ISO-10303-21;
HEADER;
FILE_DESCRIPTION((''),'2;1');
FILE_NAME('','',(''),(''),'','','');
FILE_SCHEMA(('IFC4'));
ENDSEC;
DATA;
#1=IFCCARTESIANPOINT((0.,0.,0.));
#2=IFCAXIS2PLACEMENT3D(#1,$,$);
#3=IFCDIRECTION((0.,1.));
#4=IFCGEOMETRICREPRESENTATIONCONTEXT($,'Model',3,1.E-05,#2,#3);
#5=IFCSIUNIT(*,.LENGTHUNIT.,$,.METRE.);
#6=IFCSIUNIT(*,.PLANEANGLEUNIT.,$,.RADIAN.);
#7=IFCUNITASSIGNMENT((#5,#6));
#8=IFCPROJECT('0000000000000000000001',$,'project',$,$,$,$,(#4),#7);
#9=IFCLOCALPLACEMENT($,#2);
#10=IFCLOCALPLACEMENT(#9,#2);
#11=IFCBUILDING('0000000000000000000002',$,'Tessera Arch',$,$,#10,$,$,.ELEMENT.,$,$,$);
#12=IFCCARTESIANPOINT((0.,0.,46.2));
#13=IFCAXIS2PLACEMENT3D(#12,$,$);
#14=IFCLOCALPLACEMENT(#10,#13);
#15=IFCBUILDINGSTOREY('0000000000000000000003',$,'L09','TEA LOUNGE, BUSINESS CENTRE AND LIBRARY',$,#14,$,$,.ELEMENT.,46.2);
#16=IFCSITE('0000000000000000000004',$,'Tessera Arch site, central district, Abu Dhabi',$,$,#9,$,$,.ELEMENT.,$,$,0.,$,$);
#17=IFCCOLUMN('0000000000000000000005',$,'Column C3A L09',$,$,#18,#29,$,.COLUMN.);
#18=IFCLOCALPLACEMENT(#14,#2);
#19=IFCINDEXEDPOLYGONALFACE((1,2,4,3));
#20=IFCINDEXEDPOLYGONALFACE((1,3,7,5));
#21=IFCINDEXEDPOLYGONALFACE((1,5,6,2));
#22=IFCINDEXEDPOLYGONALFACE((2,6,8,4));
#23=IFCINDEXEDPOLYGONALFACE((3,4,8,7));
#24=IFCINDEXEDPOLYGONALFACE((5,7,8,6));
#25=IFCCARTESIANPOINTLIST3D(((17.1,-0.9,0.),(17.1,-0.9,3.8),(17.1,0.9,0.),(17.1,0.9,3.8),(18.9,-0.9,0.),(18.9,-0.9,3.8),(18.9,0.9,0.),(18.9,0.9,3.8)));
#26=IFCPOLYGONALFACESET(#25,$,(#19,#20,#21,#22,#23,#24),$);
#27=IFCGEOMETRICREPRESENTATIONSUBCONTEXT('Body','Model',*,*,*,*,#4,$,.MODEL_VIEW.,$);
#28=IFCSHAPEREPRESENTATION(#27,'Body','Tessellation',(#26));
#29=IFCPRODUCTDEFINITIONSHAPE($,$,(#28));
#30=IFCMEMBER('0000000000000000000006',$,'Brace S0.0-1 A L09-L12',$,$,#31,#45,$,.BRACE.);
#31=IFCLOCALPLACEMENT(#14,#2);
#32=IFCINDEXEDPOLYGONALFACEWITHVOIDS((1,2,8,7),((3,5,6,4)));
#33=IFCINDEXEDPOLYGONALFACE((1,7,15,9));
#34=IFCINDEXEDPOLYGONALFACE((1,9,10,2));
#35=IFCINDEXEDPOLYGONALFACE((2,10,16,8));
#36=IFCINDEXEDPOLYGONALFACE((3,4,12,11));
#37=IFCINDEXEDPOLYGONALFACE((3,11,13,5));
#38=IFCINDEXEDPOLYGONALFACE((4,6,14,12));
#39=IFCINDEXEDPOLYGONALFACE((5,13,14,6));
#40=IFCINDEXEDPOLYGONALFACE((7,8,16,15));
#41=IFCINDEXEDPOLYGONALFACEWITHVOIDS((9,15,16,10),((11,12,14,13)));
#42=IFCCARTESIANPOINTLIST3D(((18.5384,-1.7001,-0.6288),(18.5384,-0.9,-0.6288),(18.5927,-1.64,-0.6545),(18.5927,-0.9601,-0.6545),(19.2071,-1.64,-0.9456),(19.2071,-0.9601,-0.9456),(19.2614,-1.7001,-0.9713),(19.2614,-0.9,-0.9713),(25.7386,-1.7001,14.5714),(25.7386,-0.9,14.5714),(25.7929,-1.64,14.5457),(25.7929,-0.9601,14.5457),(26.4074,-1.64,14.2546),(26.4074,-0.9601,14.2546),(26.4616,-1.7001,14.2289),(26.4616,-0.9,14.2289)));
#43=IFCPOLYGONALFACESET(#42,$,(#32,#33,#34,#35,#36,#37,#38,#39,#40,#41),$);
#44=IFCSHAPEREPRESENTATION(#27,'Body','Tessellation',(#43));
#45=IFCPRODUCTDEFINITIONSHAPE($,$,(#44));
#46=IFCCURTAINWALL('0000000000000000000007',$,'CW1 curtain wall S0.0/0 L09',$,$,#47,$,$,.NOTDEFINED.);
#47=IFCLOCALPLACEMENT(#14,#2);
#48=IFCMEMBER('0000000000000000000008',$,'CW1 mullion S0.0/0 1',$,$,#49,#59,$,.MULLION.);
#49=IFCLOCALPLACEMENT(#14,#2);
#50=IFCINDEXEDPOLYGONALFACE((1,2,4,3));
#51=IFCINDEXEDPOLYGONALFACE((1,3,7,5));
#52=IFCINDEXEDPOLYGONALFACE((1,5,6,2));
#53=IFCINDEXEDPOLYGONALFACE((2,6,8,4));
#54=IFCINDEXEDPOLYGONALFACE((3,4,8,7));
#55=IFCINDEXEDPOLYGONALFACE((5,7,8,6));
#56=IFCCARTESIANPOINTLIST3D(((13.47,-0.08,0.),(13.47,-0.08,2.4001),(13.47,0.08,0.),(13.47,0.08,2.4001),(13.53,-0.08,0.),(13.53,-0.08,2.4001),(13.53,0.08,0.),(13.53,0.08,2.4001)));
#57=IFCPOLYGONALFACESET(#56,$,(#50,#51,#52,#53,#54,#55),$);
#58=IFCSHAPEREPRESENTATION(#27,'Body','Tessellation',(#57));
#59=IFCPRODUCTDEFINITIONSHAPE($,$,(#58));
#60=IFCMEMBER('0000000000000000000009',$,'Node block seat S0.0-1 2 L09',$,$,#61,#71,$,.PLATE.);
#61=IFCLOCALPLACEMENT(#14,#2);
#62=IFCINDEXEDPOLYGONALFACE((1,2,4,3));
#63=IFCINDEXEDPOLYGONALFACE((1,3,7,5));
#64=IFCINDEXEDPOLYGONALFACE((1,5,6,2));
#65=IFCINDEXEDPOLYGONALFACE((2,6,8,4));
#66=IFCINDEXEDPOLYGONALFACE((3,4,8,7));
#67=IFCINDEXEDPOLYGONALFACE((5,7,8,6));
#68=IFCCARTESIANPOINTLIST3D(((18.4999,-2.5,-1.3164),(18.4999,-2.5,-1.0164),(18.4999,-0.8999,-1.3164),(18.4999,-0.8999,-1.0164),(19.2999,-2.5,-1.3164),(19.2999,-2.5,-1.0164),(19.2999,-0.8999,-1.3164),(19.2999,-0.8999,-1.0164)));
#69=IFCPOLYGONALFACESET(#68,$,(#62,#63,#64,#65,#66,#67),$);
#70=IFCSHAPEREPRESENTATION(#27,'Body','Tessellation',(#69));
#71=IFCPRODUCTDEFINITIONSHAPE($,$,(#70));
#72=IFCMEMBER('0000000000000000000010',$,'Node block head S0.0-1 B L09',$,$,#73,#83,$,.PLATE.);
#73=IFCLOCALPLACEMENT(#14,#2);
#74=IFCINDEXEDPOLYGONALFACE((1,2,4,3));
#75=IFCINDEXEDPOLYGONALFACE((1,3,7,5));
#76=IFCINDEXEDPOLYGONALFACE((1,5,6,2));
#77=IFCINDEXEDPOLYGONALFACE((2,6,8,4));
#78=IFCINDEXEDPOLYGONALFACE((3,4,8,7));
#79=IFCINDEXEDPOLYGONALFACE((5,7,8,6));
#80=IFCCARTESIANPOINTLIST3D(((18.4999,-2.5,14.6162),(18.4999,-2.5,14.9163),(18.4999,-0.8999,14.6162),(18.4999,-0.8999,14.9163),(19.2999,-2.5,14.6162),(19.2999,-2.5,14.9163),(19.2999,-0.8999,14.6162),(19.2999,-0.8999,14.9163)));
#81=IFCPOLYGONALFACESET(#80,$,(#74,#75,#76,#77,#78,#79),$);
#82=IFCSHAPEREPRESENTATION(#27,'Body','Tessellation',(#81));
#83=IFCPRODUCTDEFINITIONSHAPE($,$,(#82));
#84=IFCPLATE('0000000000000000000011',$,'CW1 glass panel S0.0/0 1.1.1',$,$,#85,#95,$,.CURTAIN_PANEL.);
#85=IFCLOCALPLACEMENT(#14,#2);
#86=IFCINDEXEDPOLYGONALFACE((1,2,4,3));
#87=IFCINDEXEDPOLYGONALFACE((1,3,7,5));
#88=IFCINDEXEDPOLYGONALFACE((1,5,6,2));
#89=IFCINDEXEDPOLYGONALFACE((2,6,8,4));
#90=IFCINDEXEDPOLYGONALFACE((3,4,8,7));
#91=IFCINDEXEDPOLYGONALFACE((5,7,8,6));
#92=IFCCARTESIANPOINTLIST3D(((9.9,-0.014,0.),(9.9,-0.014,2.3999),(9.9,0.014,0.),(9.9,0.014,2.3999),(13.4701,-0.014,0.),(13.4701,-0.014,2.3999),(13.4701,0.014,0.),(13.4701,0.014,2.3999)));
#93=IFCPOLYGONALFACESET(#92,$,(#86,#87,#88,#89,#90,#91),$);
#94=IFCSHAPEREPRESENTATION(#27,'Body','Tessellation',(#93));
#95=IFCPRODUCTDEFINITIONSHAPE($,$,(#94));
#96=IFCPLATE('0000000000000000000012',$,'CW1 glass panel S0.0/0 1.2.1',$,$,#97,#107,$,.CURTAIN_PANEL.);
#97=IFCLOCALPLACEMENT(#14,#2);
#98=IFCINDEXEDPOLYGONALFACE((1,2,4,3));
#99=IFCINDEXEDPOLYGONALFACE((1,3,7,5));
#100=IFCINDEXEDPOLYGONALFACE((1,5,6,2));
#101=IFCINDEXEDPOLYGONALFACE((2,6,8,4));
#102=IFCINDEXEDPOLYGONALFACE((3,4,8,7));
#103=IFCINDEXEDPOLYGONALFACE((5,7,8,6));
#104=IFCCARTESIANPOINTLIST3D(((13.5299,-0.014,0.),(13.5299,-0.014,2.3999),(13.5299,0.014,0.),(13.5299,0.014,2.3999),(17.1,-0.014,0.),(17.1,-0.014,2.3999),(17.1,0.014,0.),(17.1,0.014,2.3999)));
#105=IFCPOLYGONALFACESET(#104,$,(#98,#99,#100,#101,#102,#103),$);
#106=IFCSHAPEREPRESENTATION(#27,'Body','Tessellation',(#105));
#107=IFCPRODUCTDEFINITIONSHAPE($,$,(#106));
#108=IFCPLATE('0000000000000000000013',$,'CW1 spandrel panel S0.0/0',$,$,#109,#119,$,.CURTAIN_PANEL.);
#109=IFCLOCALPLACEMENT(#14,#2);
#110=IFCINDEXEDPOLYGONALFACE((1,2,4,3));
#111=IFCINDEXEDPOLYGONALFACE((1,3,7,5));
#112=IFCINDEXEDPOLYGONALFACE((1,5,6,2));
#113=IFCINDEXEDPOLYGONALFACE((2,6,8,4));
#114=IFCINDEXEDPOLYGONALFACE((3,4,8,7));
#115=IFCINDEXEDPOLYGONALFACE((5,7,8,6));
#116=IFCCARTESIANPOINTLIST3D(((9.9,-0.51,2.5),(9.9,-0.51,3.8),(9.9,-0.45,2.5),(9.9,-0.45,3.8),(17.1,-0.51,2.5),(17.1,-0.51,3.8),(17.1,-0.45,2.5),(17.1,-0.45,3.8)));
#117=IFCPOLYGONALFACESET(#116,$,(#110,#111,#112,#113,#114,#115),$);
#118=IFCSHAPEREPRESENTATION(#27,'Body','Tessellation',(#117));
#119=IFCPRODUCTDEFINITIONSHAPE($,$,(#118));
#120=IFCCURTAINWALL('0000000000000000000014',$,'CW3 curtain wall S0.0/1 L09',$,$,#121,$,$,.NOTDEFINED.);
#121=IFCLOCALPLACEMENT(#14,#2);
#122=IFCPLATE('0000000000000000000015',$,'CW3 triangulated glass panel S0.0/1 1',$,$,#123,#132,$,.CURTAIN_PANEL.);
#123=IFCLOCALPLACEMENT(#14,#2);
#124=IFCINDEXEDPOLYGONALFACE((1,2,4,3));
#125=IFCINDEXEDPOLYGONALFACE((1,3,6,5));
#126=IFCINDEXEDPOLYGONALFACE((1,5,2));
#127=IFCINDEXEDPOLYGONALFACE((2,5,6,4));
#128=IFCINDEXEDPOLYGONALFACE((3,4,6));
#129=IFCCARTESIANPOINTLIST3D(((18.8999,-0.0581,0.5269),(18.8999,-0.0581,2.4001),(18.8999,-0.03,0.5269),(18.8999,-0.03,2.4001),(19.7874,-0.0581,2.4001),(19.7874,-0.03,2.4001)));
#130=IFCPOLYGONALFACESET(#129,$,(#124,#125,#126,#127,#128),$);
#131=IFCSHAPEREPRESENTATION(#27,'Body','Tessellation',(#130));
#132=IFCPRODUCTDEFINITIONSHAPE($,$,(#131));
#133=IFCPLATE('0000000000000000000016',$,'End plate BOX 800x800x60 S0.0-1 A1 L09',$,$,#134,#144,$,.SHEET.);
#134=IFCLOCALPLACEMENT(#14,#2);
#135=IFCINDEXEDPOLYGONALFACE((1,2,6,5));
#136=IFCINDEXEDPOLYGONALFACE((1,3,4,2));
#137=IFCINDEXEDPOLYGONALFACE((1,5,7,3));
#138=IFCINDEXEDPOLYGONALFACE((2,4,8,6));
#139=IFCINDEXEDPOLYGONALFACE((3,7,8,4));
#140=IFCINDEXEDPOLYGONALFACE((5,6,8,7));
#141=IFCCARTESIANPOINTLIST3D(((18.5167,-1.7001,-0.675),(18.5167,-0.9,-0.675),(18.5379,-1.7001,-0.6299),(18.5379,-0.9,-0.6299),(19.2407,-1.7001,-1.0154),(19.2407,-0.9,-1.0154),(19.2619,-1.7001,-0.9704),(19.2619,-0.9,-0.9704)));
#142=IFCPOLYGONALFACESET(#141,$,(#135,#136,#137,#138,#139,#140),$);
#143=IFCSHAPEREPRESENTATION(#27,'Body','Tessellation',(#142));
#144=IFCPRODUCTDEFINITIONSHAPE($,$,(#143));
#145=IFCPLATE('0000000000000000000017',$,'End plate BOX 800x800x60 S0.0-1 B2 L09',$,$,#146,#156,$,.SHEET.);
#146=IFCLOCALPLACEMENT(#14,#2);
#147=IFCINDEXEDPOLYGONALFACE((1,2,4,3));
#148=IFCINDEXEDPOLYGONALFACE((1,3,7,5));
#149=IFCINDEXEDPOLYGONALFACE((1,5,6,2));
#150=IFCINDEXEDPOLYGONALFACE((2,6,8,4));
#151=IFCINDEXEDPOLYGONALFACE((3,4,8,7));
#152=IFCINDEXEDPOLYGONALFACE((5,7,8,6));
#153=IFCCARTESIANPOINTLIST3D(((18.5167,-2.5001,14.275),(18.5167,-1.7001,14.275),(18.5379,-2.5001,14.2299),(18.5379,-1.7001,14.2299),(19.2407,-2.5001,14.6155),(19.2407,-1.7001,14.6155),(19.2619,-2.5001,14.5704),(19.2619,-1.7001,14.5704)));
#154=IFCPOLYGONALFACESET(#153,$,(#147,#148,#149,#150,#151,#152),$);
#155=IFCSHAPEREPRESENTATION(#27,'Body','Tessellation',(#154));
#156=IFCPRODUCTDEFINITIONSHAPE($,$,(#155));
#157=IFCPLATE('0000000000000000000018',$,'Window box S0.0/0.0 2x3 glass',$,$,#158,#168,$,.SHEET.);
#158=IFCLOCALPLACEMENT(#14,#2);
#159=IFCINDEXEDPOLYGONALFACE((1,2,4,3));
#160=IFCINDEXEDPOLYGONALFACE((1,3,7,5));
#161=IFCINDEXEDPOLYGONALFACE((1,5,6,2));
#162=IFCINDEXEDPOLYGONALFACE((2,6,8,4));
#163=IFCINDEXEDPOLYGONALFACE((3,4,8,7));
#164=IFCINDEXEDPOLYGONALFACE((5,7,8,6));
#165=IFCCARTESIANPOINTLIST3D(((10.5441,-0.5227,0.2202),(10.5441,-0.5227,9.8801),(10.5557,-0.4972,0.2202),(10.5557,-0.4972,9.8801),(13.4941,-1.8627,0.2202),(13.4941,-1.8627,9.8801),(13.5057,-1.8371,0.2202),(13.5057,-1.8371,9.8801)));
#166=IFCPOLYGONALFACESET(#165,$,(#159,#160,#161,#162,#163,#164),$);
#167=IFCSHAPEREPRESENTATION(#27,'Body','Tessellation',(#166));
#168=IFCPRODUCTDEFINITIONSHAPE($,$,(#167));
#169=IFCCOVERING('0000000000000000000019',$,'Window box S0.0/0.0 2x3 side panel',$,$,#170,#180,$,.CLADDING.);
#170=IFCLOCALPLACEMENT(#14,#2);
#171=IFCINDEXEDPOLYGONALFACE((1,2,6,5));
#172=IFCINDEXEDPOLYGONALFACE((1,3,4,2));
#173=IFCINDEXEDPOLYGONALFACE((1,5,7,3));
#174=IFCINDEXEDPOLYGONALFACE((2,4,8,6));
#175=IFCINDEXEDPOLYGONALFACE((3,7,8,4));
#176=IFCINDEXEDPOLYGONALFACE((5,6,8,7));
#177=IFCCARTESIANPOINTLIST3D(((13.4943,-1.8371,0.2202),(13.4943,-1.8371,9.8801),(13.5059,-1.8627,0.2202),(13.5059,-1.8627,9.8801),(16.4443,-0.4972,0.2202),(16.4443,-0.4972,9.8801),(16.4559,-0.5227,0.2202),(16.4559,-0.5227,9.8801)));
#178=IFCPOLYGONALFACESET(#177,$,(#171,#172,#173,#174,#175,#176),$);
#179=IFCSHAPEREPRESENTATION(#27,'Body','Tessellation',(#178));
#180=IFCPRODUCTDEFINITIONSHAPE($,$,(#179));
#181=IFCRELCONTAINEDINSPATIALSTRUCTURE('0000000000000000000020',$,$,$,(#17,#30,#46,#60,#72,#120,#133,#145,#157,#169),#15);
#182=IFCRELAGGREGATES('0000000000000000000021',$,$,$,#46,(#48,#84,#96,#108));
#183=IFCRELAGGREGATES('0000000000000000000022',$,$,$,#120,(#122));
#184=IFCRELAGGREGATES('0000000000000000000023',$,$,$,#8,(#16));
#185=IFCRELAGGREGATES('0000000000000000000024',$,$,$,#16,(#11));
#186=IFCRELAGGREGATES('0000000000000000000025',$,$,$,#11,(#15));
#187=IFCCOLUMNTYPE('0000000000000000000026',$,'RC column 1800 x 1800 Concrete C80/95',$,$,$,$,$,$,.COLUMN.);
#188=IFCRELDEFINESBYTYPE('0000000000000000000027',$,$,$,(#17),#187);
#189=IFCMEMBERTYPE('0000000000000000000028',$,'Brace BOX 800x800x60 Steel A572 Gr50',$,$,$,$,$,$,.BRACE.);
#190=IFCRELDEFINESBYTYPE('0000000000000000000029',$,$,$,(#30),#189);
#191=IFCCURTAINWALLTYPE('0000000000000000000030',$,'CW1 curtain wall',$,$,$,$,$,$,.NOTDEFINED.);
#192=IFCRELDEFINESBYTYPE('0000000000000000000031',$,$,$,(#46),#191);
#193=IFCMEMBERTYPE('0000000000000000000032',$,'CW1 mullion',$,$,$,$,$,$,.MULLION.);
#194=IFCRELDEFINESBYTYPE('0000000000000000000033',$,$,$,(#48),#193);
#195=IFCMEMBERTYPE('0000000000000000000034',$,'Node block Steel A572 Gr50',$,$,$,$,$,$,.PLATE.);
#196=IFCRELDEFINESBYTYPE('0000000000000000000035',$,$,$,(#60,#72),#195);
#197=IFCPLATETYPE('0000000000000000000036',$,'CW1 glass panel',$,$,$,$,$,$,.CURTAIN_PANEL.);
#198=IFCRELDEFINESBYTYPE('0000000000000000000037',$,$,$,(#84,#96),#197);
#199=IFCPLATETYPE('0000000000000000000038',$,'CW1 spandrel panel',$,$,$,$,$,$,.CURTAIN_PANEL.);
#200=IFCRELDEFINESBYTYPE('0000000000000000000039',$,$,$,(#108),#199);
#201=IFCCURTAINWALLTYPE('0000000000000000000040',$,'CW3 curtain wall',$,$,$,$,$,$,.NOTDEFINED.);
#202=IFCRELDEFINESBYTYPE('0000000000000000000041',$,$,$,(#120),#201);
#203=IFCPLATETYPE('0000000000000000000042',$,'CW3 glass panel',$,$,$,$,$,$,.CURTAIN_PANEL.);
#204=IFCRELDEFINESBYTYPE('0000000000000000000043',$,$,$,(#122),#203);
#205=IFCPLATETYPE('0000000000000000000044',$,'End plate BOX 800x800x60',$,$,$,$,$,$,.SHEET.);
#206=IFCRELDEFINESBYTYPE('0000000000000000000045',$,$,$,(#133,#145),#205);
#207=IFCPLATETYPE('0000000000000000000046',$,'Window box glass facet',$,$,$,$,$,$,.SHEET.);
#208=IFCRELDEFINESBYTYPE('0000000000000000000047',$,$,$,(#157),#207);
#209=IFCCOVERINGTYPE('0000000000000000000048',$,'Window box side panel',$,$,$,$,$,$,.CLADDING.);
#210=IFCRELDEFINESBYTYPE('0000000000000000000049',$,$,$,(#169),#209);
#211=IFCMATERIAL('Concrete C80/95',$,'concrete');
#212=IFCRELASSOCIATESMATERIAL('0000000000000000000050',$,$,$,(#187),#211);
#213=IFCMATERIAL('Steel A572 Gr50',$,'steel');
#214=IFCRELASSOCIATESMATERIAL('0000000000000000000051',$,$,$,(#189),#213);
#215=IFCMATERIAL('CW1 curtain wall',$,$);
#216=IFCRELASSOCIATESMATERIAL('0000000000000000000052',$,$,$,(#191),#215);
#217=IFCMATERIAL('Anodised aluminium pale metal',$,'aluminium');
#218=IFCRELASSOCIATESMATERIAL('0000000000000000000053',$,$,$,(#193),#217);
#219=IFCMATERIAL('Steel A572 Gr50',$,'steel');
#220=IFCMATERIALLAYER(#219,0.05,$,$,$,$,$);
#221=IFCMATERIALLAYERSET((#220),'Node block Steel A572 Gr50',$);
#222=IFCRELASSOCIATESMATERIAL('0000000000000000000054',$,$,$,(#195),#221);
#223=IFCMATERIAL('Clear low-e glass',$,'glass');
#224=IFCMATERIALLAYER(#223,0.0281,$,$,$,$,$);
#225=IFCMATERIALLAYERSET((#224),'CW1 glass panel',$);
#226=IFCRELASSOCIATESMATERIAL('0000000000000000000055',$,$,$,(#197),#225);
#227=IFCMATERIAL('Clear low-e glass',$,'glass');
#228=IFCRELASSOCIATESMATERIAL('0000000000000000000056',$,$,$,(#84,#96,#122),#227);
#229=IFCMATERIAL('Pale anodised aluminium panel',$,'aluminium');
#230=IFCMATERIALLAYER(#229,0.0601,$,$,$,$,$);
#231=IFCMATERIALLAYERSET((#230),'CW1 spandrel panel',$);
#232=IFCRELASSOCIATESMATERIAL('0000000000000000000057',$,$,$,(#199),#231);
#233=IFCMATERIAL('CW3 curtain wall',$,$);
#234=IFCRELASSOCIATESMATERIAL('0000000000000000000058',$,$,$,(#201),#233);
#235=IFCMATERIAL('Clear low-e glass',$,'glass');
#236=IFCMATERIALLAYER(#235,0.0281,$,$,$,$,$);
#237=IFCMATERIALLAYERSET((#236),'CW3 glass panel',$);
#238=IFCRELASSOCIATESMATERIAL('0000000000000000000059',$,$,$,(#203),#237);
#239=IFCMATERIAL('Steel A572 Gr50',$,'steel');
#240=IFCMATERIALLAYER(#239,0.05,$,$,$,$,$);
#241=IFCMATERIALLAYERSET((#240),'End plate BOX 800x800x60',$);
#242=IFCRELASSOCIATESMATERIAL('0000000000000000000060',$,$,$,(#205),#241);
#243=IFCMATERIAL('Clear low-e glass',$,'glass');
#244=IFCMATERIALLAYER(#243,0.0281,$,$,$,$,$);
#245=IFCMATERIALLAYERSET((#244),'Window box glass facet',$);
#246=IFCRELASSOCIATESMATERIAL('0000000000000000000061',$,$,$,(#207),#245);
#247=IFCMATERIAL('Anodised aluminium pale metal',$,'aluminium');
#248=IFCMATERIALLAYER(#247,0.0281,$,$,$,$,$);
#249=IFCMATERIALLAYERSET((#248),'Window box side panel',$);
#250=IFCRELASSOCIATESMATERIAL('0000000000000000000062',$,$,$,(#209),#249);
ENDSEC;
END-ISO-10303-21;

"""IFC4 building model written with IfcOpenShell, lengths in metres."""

from ifc_helpers import new_model, si_unit, direction, frame, origin, origin_2d, place, context, subcontext, project, spatial, polyline, rectangle, hollow_rectangle, outline, extrude, material, layer, layer_set, material_profile, profile_set, type_object, element, aggregate, save


model = new_model("IFC4")

# Units and contexts
model_context = context("Model", 3, precision=1e-05, world=origin(), true_north=direction((0.0, 1.0)))
body_context = subcontext(model_context, "Body", "Model", "MODEL_VIEW")
ifc_project = project(units=[si_unit("LENGTHUNIT", "METRE"), si_unit("PLANEANGLEUNIT", "RADIAN")], contexts=[model_context])

# Site, building, storey
site_placement = place(None, origin())
site = spatial("IfcSite", under=ifc_project, at=site_placement, Name="Tessera Arch site, central district, Abu Dhabi", CompositionType="ELEMENT", RefElevation=0.0)
building_placement = place(site_placement, origin())
building = spatial("IfcBuilding", under=site, at=building_placement, Name="Tessera Arch", CompositionType="ELEMENT")
storey_placement = place(building_placement, frame((0.0, 0.0, 46.2)))
storey = spatial("IfcBuildingStorey", under=building, at=storey_placement, Name="L09", Description="TEA LOUNGE, BUSINESS CENTRE AND LIBRARY", CompositionType="ELEMENT", Elevation=46.2)

# Column
ifc_material_1 = material(Name="Concrete C80/95", Category="concrete")
ifc_material_profile_1 = material_profile(ifc_material_1, rectangle(XDim=1.8, YDim=1.8, at=origin_2d()), Name="RC column 1800 x 1800 Concrete C80/95")
ifc_profile_set_1 = profile_set([ifc_material_profile_1], Name="Concrete C80/95")
column_type = type_object("IfcColumnType", Name="RC column 1800 x 1800 Concrete C80/95", PredefinedType="COLUMN", material=ifc_profile_set_1)
column_placement = place(storey_placement, frame((18.0, 0.0, 0.0), z_axis=(0.0, 0.0, 1.0), x_axis=(1.0, 0.0, 0.0)))
element("IfcColumn", 1, at=column_placement, inside=storey, type_object=column_type, Name="Column C3A L09", PredefinedType="COLUMN", context=body_context, shape_type="SweptSolid", body=[
    extrude(rectangle(XDim=1.8, YDim=1.8, at=origin_2d()), origin(), (0.0, 0.0, 1.0), 3.8),
])

# Member
ifc_material_2 = material(Name="Steel A572 Gr50", Category="steel")
ifc_material_profile_2 = material_profile(ifc_material_2, hollow_rectangle(XDim=0.8, YDim=0.8, WallThickness=0.0601, at=origin_2d()), Name="BOX 800x800x60")
ifc_profile_set_2 = profile_set([ifc_material_profile_2], Name="Steel A572 Gr50")
member_type_1 = type_object("IfcMemberType", Name="Brace BOX 800x800x60 Steel A572 Gr50", PredefinedType="BRACE", material=ifc_profile_set_2)
member_1_placement = place(storey_placement, frame((18.8999, -1.3, -0.8), z_axis=(0.428091, 0.0, 0.903735), x_axis=(0.0, 1.0, 0.0)))
element("IfcMember", 2, at=member_1_placement, inside=storey, type_object=member_type_1, Name="Brace S0.0-1 A L09-L12", PredefinedType="BRACE", context=body_context, shape_type="SweptSolid", body=[
    extrude(hollow_rectangle(XDim=0.8, YDim=0.8, WallThickness=0.0601, at=origin_2d()), origin(), (0.0, 0.0, 1.0), 16.8193),
])

# Curtain wall, member
ifc_material_3 = material(Name="CW1 curtain wall")
curtain_wall_type_1 = type_object("IfcCurtainWallType", Name="CW1 curtain wall", PredefinedType="NOTDEFINED", material=ifc_material_3)
curtain_wall_1_placement = place(storey_placement, origin())
curtain_wall_1 = element("IfcCurtainWall", 3, at=curtain_wall_1_placement, inside=storey, type_object=curtain_wall_type_1, Name="CW1 curtain wall S0.0/0 L09", PredefinedType="NOTDEFINED")
ifc_material_4 = material(Name="Anodised aluminium pale metal", Category="aluminium")
ifc_material_profile_3 = material_profile(ifc_material_4, rectangle(XDim=0.1599, YDim=0.0601, at=origin_2d()), Name="AL 60x160")
ifc_profile_set_3 = profile_set([ifc_material_profile_3], Name="Anodised aluminium pale metal")
member_type_2 = type_object("IfcMemberType", Name="CW1 mullion", PredefinedType="MULLION", material=ifc_profile_set_3)
member_2_placement = place(storey_placement, frame((13.5, 0.0, 0.0), z_axis=(0.0, 0.0, 1.0), x_axis=(0.0, 1.0, 0.0)))
member_2 = element("IfcMember", 4, at=member_2_placement, type_object=member_type_2, Name="CW1 mullion S0.0/0 1", PredefinedType="MULLION", context=body_context, shape_type="SweptSolid", body=[
    extrude(rectangle(XDim=0.1599, YDim=0.0601, at=origin_2d()), origin(), (0.0, 0.0, 1.0), 2.4001),
])

# Members
ifc_material_5 = material(Name="Steel A572 Gr50", Category="steel")
ifc_layer_1 = layer(ifc_material_5, 0.05)
ifc_layer_set_1 = layer_set([ifc_layer_1], Name="Node block Steel A572 Gr50")
member_type_3 = type_object("IfcMemberType", Name="Node block Steel A572 Gr50", PredefinedType="PLATE", material=ifc_layer_set_1)
for number, where, z_axis, x_axis, name in (
    (5, (18.8999, -1.7, -1.3164), (0.0, 0.0, 1.0), (1.0, 0.0, 0.0), "Node block seat S0.0-1 2 L09"),
    (6, (18.8999, -1.7, 14.6162), (0.0, 0.0, 1.0), (1.0, 0.0, 0.0), "Node block head S0.0-1 B L09"),
):
    element("IfcMember", number, at=place(storey_placement, frame(where, z_axis=z_axis, x_axis=x_axis)), inside=storey, type_object=member_type_3, Name=name, PredefinedType="PLATE", context=body_context, shape_type="SweptSolid", body=[
        extrude(rectangle(XDim=0.8, YDim=1.6001, at=origin_2d()), origin(), (0.0, 0.0, 1.0), 0.3),
    ])

# Plates
ifc_material_6 = material(Name="Clear low-e glass", Category="glass")
ifc_material_7 = material(Name="Clear low-e glass", Category="glass")
ifc_layer_2 = layer(ifc_material_7, 0.0281)
ifc_layer_set_2 = layer_set([ifc_layer_2], Name="CW1 glass panel")
plate_type_1 = type_object("IfcPlateType", Name="CW1 glass panel", PredefinedType="CURTAIN_PANEL", material=ifc_layer_set_2)
plate_1_placement = place(storey_placement, frame((11.6851, 0.0, 0.0), z_axis=(0.0, 0.0, 1.0), x_axis=(1.0, 0.0, 0.0)))
plate_1 = element("IfcPlate", 7, at=plate_1_placement, type_object=plate_type_1, material=ifc_material_6, Name="CW1 glass panel S0.0/0 1.1.1", PredefinedType="CURTAIN_PANEL", context=body_context, shape_type="SweptSolid", body=[
    extrude(rectangle(XDim=3.5701, YDim=0.0281, at=origin_2d()), origin(), (0.0, 0.0, 1.0), 2.3999),
])
plate_2_placement = place(storey_placement, frame((15.3149, 0.0, 0.0), z_axis=(0.0, 0.0, 1.0), x_axis=(1.0, 0.0, 0.0)))
plate_2 = element("IfcPlate", 8, at=plate_2_placement, type_object=plate_type_1, material=ifc_material_6, Name="CW1 glass panel S0.0/0 1.2.1", PredefinedType="CURTAIN_PANEL", context=body_context, shape_type="SweptSolid", body=[
    extrude(rectangle(XDim=3.5701, YDim=0.0281, at=origin_2d()), origin(), (0.0, 0.0, 1.0), 2.3999),
])
ifc_material_8 = material(Name="Pale anodised aluminium panel", Category="aluminium")
ifc_layer_3 = layer(ifc_material_8, 0.0601)
ifc_layer_set_3 = layer_set([ifc_layer_3], Name="CW1 spandrel panel")
plate_type_2 = type_object("IfcPlateType", Name="CW1 spandrel panel", PredefinedType="CURTAIN_PANEL", material=ifc_layer_set_3)
plate_3_placement = place(storey_placement, frame((13.5, -0.48, 2.5), z_axis=(0.0, 0.0, 1.0), x_axis=(1.0, 0.0, 0.0)))
plate_3 = element("IfcPlate", 9, at=plate_3_placement, type_object=plate_type_2, Name="CW1 spandrel panel S0.0/0", PredefinedType="CURTAIN_PANEL", context=body_context, shape_type="SweptSolid", body=[
    extrude(rectangle(XDim=7.2, YDim=0.0601, at=origin_2d()), origin(), (0.0, 0.0, 1.0), 1.3),
])
aggregate(curtain_wall_1, [member_2, plate_1, plate_2, plate_3])

# Curtain wall, plate
ifc_material_9 = material(Name="CW3 curtain wall")
curtain_wall_type_2 = type_object("IfcCurtainWallType", Name="CW3 curtain wall", PredefinedType="NOTDEFINED", material=ifc_material_9)
curtain_wall_2_placement = place(storey_placement, origin())
curtain_wall_2 = element("IfcCurtainWall", 10, at=curtain_wall_2_placement, inside=storey, type_object=curtain_wall_type_2, Name="CW3 curtain wall S0.0/1 L09", PredefinedType="NOTDEFINED")
ifc_material_10 = material(Name="Clear low-e glass", Category="glass")
ifc_layer_4 = layer(ifc_material_10, 0.0281)
ifc_layer_set_4 = layer_set([ifc_layer_4], Name="CW3 glass panel")
plate_type_3 = type_object("IfcPlateType", Name="CW3 glass panel", PredefinedType="CURTAIN_PANEL", material=ifc_layer_set_4)
plate_4_placement = place(storey_placement, frame((18.8999, -0.0581, 2.4001), z_axis=(0.0, -1.0, 0.0), x_axis=(0.0, 0.0, -1.0)))
plate_4 = element("IfcPlate", 11, at=plate_4_placement, type_object=plate_type_3, material=ifc_material_6, Name="CW3 triangulated glass panel S0.0/1 1", PredefinedType="CURTAIN_PANEL", context=body_context, shape_type="SweptSolid", body=[
    extrude(outline(polyline([(0.0, 0.0), (1.8733, 0.0), (0.0, 0.8875), (0.0, 0.0)])), origin(), (0.0, 0.0, -1.0), 0.0281),
])
aggregate(curtain_wall_2, [plate_4])

# Plates
ifc_material_11 = material(Name="Steel A572 Gr50", Category="steel")
ifc_layer_5 = layer(ifc_material_11, 0.05)
ifc_layer_set_5 = layer_set([ifc_layer_5], Name="End plate BOX 800x800x60")
plate_type_4 = type_object("IfcPlateType", Name="End plate BOX 800x800x60", PredefinedType="SHEET", material=ifc_layer_set_5)
for number, where, z_axis, x_axis, name in (
    (12, (18.8787, -1.3, -0.8452), (0.425561, 0.0, 0.90493), (0.0, 1.0, 0.0), "End plate BOX 800x800x60 S0.0-1 A1 L09"),
    (13, (18.8999, -2.1001, 14.4001), (-0.425561, 0.0, 0.90493), (0.0, -1.0, 0.0), "End plate BOX 800x800x60 S0.0-1 B2 L09"),
):
    element("IfcPlate", number, at=place(storey_placement, frame(where, z_axis=z_axis, x_axis=x_axis)), inside=storey, type_object=plate_type_4, Name=name, PredefinedType="SHEET", context=body_context, shape_type="SweptSolid", body=[
        extrude(rectangle(XDim=0.8, YDim=0.8, at=origin_2d()), origin(), (0.0, 0.0, 1.0), 0.0498),
    ])
ifc_material_12 = material(Name="Clear low-e glass", Category="glass")
ifc_layer_6 = layer(ifc_material_12, 0.0281)
ifc_layer_set_6 = layer_set([ifc_layer_6], Name="Window box glass facet")
plate_type_5 = type_object("IfcPlateType", Name="Window box glass facet", PredefinedType="SHEET", material=ifc_layer_set_6)
plate_5_placement = place(storey_placement, frame((12.0249, -1.1799, 0.2202), z_axis=(0.0, 0.0, 1.0), x_axis=(0.910472, -0.41357, 0.0)))
element("IfcPlate", 14, at=plate_5_placement, inside=storey, type_object=plate_type_5, Name="Window box S0.0/0.0 2x3 glass", PredefinedType="SHEET", context=body_context, shape_type="SweptSolid", body=[
    extrude(rectangle(XDim=3.24, YDim=0.0281, at=origin_2d()), origin(), (0.0, 0.0, 1.0), 9.6599),
])

# Covering
ifc_material_13 = material(Name="Anodised aluminium pale metal", Category="aluminium")
ifc_layer_7 = layer(ifc_material_13, 0.0281)
ifc_layer_set_7 = layer_set([ifc_layer_7], Name="Window box side panel")
covering_type = type_object("IfcCoveringType", Name="Window box side panel", PredefinedType="CLADDING", material=ifc_layer_set_7)
covering_placement = place(storey_placement, frame((14.9751, -1.1799, 0.2202), z_axis=(0.0, 0.0, 1.0), x_axis=(-0.910472, -0.41357, 0.0)))
element("IfcCovering", 15, at=covering_placement, inside=storey, type_object=covering_type, Name="Window box S0.0/0.0 2x3 side panel", PredefinedType="CLADDING", context=body_context, shape_type="SweptSolid", body=[
    extrude(rectangle(XDim=3.24, YDim=0.0281, at=origin_2d()), origin(), (0.0, 0.0, 1.0), 9.6599),
])

save(model, "model.ifc")
